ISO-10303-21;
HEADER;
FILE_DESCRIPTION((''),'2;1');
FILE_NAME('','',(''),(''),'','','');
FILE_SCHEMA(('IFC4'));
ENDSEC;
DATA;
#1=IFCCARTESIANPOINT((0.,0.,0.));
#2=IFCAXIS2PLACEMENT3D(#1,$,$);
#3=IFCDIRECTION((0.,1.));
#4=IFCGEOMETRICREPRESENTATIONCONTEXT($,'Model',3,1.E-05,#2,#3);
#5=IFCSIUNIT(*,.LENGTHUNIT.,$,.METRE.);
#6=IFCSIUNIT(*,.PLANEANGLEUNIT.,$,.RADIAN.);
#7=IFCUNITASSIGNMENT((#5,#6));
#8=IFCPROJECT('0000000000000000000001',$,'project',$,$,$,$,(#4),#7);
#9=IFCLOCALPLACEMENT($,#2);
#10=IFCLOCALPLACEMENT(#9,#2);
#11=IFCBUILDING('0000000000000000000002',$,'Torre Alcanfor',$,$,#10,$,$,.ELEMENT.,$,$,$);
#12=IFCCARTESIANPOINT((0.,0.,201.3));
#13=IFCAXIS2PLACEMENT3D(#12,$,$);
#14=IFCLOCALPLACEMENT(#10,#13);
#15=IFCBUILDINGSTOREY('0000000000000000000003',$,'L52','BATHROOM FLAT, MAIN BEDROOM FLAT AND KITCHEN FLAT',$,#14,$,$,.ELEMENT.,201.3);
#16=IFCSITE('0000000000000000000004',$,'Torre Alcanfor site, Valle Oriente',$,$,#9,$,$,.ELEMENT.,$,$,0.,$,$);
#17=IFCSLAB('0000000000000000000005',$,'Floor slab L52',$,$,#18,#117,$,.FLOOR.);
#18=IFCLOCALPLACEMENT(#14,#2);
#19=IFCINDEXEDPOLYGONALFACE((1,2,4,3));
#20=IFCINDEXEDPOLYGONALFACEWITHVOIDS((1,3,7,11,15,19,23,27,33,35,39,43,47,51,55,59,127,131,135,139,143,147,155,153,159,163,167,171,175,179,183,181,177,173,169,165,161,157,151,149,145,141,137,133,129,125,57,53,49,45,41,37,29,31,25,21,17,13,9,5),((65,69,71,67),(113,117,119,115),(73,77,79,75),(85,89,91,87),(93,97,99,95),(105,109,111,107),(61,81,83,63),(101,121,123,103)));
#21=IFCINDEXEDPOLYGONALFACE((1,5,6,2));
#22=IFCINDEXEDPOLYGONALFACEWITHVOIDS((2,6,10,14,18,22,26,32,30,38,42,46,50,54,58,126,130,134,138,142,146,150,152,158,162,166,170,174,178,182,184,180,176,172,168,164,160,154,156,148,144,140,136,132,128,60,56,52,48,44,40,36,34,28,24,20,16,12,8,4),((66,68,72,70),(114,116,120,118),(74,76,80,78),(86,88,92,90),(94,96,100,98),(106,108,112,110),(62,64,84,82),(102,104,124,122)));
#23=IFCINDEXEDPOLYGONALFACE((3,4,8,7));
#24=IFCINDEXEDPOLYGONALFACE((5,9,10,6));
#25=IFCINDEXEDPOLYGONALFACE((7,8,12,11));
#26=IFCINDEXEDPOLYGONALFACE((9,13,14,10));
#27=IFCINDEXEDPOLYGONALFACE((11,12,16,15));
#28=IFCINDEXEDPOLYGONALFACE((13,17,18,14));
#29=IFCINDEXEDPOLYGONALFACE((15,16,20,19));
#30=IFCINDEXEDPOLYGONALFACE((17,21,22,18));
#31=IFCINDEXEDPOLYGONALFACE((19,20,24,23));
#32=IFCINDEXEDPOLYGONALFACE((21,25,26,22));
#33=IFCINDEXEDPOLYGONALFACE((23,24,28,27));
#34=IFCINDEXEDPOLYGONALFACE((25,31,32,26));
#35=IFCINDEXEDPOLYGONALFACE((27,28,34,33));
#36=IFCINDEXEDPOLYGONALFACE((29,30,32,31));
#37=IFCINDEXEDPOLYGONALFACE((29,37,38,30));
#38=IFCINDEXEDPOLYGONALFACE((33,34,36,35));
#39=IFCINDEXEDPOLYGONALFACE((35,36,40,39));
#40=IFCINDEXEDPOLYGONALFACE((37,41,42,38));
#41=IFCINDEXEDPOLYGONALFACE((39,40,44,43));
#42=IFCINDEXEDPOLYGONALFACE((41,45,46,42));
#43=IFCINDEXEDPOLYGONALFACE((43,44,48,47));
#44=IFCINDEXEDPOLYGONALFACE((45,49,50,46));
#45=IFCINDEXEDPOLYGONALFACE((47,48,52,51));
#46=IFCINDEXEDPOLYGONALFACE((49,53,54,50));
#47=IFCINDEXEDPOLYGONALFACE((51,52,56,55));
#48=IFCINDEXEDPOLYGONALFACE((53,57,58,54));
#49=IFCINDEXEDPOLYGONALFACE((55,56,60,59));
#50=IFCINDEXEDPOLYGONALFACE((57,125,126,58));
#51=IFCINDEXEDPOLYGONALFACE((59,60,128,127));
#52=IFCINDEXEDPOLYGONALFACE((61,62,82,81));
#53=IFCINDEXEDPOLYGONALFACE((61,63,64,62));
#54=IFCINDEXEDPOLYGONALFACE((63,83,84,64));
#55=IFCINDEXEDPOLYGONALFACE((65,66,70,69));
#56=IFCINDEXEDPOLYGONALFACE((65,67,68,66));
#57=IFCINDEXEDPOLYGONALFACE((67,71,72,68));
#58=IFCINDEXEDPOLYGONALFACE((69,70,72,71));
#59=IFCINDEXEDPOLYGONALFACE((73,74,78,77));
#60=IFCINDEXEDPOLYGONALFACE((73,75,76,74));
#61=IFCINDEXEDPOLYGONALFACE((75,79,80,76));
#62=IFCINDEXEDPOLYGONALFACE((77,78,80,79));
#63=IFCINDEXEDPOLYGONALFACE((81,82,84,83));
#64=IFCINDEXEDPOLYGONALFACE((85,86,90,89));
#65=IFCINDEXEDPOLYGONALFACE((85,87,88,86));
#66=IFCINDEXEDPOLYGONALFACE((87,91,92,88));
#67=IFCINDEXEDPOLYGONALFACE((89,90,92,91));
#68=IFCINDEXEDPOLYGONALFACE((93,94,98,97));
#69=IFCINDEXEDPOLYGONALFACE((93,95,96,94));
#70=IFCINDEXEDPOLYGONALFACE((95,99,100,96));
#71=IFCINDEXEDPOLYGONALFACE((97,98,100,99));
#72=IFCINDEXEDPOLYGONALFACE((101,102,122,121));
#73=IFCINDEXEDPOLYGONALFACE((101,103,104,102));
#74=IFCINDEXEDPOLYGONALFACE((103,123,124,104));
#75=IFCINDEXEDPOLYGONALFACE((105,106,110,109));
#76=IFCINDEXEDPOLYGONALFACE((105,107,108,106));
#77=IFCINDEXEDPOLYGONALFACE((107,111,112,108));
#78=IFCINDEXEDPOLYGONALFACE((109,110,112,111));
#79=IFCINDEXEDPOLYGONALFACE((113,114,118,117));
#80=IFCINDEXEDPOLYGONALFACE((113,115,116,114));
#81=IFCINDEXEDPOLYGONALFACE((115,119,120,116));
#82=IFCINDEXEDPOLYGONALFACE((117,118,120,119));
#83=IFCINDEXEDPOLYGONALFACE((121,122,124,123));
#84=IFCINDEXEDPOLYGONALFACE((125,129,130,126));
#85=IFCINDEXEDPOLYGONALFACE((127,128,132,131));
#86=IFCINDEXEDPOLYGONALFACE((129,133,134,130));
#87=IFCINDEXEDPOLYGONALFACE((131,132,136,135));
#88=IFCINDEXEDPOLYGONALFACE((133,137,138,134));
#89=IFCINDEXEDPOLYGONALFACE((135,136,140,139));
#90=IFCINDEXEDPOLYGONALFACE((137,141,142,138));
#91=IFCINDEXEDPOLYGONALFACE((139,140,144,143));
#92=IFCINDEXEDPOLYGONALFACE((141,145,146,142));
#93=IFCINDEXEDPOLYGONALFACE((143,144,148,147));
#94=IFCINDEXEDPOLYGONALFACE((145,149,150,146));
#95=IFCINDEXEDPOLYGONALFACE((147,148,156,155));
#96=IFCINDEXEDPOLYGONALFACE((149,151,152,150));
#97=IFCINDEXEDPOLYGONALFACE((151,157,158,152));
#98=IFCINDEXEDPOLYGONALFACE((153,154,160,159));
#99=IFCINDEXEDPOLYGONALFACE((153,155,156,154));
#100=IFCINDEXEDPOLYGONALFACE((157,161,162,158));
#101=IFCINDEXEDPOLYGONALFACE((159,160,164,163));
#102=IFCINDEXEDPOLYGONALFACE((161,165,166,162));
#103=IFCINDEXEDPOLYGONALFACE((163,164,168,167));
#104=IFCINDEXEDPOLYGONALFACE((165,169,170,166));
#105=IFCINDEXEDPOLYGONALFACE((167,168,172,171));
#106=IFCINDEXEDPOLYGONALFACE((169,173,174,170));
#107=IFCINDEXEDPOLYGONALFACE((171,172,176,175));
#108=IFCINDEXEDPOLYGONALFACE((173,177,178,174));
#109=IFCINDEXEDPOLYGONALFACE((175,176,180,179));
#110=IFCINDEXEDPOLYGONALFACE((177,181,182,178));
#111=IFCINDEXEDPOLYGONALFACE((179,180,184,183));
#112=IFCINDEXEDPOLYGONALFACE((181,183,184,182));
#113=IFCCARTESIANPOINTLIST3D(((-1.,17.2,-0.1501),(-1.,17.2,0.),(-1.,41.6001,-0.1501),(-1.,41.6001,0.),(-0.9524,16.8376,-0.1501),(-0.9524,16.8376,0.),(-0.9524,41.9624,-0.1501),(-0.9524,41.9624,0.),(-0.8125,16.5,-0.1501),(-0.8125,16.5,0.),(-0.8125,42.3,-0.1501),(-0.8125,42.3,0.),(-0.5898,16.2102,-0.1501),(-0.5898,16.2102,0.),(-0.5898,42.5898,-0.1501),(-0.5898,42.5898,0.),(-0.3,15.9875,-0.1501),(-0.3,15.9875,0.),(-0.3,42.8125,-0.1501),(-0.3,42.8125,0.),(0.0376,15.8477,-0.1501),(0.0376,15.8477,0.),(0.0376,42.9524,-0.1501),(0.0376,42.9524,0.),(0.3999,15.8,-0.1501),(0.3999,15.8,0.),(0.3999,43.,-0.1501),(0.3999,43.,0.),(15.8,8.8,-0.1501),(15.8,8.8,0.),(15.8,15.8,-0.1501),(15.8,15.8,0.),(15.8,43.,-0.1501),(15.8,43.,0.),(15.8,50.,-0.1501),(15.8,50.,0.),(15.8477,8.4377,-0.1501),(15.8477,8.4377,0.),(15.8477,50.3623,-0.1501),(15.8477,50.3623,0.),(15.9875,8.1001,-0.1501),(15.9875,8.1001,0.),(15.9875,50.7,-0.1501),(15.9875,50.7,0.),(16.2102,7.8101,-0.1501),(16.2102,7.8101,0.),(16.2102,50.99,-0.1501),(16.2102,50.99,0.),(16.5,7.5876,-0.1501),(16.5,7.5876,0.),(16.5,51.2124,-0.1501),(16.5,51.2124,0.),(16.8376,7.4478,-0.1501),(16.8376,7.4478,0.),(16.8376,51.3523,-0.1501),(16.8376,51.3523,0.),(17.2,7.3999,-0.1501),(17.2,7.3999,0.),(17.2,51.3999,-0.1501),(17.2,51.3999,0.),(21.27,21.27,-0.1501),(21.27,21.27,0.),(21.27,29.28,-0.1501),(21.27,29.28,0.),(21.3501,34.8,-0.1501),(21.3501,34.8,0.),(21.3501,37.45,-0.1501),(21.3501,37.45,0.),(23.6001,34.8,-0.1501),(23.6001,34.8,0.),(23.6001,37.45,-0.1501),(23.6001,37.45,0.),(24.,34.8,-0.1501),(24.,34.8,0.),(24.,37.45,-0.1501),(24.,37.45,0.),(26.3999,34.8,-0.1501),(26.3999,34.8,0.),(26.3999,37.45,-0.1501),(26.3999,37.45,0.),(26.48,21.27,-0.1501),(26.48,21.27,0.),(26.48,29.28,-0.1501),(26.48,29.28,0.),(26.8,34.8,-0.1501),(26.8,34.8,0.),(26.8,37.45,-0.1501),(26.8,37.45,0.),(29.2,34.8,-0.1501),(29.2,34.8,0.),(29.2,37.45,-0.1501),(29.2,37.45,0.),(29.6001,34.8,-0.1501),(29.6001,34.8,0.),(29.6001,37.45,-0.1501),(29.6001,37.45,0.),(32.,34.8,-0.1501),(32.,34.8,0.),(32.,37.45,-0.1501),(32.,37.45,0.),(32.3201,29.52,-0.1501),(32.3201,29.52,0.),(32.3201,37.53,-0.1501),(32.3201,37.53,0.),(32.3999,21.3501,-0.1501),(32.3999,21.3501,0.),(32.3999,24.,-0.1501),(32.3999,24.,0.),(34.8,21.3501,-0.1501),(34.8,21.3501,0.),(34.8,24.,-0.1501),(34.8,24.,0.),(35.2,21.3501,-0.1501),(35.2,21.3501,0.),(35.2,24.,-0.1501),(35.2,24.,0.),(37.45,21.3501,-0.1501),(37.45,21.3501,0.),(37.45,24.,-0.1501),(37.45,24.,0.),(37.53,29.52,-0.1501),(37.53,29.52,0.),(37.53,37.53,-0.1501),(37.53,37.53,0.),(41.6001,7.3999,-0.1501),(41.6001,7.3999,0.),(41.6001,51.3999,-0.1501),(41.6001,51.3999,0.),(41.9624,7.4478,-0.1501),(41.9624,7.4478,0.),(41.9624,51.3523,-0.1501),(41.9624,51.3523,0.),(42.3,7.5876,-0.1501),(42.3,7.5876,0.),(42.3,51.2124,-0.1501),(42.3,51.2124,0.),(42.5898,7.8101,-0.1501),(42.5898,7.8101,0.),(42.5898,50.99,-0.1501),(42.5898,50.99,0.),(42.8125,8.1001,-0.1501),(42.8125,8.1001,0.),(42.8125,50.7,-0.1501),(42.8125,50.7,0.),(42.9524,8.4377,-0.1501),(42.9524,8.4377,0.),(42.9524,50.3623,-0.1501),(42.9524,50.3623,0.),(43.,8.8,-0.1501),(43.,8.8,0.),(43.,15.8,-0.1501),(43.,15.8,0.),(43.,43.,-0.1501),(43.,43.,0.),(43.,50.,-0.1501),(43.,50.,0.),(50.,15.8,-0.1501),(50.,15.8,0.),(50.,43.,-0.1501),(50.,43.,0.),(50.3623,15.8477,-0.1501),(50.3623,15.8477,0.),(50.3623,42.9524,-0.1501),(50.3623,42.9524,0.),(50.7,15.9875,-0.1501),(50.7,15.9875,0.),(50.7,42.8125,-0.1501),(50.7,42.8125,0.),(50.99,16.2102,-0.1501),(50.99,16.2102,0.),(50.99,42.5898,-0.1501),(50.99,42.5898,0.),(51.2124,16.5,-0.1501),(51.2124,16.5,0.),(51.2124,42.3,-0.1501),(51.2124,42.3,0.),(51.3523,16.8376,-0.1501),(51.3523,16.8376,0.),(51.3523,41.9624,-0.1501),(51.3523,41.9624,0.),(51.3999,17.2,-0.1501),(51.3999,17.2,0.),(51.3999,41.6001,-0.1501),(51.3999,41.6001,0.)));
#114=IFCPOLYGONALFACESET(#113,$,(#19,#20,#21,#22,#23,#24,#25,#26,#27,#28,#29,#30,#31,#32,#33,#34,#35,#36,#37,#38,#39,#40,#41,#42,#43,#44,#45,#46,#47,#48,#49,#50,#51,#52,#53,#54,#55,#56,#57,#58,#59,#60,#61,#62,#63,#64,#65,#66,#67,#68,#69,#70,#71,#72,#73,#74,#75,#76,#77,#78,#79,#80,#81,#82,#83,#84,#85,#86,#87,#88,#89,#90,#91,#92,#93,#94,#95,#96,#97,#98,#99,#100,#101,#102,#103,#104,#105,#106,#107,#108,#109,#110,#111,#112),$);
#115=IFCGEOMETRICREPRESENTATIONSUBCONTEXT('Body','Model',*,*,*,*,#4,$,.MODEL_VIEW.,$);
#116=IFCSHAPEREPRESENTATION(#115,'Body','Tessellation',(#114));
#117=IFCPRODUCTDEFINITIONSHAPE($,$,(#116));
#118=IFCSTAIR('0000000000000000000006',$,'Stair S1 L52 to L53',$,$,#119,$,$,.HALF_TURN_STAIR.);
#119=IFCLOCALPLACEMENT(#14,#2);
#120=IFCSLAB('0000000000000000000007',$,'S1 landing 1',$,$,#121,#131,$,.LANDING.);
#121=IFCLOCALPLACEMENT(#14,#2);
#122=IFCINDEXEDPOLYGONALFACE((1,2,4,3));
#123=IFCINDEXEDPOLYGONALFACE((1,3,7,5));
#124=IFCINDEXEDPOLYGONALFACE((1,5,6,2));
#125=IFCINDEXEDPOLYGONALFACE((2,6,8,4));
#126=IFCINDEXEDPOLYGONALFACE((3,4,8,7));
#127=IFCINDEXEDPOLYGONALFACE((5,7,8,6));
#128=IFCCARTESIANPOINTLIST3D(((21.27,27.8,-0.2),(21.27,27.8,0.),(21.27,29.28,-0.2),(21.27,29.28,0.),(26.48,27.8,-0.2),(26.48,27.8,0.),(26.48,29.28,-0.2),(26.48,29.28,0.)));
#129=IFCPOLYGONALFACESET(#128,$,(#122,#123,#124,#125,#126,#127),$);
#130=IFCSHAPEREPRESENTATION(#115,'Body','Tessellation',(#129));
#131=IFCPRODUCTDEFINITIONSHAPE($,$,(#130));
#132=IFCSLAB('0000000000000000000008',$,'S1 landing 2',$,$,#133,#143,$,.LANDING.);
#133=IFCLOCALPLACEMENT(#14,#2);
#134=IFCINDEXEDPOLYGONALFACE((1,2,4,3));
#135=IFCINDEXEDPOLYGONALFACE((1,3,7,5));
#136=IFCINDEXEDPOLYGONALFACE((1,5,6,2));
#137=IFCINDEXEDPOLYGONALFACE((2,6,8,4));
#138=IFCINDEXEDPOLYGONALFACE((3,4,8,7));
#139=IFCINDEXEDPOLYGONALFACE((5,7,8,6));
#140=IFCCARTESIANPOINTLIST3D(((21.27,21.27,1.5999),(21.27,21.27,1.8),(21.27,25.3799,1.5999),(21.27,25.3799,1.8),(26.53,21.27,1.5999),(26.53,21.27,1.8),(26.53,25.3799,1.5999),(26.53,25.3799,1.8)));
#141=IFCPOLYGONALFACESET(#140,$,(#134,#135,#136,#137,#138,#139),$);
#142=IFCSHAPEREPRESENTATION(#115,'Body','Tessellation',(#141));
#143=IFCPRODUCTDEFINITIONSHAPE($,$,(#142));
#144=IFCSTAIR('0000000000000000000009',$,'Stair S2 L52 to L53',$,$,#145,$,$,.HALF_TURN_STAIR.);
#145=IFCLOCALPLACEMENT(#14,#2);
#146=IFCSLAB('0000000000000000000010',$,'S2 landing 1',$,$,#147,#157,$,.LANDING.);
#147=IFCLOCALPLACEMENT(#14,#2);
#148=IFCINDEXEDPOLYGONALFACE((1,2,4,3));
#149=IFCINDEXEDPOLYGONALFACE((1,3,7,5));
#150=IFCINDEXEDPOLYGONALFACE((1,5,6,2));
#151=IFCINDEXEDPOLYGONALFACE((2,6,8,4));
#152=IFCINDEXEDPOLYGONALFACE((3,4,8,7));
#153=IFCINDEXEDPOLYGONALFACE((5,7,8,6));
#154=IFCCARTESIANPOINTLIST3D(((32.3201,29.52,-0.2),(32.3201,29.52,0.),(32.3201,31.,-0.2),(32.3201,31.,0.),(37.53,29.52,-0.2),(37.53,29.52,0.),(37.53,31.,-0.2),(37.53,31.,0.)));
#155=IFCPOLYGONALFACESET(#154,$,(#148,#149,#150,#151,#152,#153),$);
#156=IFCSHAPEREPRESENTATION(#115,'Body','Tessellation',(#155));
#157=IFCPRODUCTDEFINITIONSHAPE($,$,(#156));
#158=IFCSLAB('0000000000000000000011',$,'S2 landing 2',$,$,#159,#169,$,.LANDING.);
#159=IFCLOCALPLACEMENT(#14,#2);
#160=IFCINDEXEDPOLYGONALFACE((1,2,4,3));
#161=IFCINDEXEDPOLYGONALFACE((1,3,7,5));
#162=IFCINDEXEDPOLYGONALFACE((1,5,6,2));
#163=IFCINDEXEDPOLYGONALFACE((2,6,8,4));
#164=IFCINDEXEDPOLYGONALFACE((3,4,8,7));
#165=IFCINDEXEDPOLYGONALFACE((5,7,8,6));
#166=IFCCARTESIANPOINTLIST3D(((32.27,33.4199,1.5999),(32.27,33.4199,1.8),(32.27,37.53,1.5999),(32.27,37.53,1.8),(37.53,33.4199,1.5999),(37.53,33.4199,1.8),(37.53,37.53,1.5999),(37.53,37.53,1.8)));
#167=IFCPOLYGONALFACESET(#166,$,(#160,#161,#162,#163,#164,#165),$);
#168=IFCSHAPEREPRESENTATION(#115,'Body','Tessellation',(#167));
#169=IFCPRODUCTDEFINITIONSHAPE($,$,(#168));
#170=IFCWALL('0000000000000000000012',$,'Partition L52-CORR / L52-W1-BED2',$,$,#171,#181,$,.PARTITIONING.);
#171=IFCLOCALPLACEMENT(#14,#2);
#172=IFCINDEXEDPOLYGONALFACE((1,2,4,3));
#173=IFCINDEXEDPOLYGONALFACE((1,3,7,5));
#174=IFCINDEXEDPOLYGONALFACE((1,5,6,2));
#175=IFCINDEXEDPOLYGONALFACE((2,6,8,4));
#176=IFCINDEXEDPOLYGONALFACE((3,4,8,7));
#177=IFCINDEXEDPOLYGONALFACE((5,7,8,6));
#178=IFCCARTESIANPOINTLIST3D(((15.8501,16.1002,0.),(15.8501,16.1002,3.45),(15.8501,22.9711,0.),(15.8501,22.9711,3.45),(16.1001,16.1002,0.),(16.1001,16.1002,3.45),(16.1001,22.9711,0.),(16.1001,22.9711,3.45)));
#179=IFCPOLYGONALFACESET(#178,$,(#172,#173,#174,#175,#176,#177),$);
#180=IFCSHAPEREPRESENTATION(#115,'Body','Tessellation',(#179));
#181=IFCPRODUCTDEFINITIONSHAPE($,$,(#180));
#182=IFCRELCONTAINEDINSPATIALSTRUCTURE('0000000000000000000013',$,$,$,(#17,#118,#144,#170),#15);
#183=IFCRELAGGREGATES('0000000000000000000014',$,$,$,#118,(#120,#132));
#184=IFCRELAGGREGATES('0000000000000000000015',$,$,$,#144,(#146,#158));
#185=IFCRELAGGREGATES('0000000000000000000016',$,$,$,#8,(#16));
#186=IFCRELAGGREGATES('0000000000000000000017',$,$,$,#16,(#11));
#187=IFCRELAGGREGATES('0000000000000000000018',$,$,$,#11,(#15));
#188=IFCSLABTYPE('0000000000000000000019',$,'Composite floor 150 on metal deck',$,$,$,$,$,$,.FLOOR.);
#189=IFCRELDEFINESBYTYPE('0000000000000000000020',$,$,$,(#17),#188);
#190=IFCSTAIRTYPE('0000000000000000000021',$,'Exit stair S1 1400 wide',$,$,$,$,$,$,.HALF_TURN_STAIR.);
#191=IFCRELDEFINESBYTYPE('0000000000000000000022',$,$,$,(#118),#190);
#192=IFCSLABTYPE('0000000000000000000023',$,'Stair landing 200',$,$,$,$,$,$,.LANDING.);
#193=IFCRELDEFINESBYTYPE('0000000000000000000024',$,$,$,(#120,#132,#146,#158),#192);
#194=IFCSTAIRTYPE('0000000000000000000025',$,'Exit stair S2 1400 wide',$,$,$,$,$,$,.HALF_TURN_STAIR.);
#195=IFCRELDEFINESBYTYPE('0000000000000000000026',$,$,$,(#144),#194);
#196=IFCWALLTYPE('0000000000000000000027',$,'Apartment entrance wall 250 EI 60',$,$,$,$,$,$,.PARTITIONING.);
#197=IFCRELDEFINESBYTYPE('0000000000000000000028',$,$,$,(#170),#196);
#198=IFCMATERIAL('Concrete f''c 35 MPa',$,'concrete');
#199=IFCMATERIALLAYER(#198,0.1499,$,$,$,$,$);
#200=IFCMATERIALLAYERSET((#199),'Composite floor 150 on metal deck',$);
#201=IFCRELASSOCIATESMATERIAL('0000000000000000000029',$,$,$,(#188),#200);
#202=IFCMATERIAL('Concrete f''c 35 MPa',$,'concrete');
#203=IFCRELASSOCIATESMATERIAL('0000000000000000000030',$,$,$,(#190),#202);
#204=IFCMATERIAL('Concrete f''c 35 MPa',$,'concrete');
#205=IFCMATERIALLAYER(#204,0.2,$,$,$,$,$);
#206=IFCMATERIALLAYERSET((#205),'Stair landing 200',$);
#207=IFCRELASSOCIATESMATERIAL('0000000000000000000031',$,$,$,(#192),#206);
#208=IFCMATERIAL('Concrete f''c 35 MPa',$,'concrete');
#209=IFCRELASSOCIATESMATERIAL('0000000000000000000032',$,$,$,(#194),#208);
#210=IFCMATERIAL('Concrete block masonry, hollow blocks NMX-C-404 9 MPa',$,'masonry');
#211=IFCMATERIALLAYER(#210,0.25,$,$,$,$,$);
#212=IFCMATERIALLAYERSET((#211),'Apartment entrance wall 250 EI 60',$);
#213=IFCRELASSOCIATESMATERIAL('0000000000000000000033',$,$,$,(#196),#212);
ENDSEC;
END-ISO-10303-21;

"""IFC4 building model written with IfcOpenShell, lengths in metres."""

from ifc_helpers import new_model, si_unit, direction, frame, frame_2d, origin, place, context, subcontext, project, spatial, polyline, rectangle, outline, extrude, material, layer, layer_set, type_object, element, aggregate, save


model = new_model("IFC4")

# Units and contexts
model_context = context("Model", 3, precision=1e-05, world=origin(), true_north=direction((0.0, 1.0)))
body_context = subcontext(model_context, "Body", "Model", "MODEL_VIEW")
ifc_project = project(units=[si_unit("LENGTHUNIT", "METRE"), si_unit("PLANEANGLEUNIT", "RADIAN")], contexts=[model_context])

# Site, building, storey
site_placement = place(None, origin())
site = spatial("IfcSite", under=ifc_project, at=site_placement, Name="Torre Alcanfor site, Valle Oriente", CompositionType="ELEMENT", RefElevation=0.0)
building_placement = place(site_placement, origin())
building = spatial("IfcBuilding", under=site, at=building_placement, Name="Torre Alcanfor", CompositionType="ELEMENT")
storey_placement = place(building_placement, frame((0.0, 0.0, 201.3)))
storey = spatial("IfcBuildingStorey", under=building, at=storey_placement, Name="L52", Description="BATHROOM FLAT, MAIN BEDROOM FLAT AND KITCHEN FLAT", CompositionType="ELEMENT", Elevation=201.3)

# Slab
ifc_material_1 = material(Name="Concrete f'c 35 MPa", Category="concrete")
ifc_layer_1 = layer(ifc_material_1, 0.1499)
ifc_layer_set_1 = layer_set([ifc_layer_1], Name="Composite floor 150 on metal deck")
slab_type_1 = type_object("IfcSlabType", Name="Composite floor 150 on metal deck", PredefinedType="FLOOR", material=ifc_layer_set_1)
slab_1_placement = place(storey_placement, frame((0.0, 0.0, -0.1501)))
element("IfcSlab", 1, at=slab_1_placement, inside=storey, type_object=slab_type_1, Name="Floor slab L52", PredefinedType="FLOOR", context=body_context, shape_type="SweptSolid", body=[
    extrude(outline(polyline([(15.8, 43.0), (0.3999, 43.0), (0.0376, 42.9524), (-0.3, 42.8125), (-0.5898, 42.5898), (-0.8125, 42.3), (-0.9524, 41.9624), (-1.0, 41.6001), (-1.0, 17.2), (-0.9524, 16.8376), (-0.8125, 16.5), (-0.5898, 16.2102), (-0.3, 15.9875), (0.0376, 15.8477), (0.3999, 15.8), (15.8, 15.8), (15.8, 8.8), (15.8477, 8.4377), (15.9875, 8.1001), (16.2102, 7.8101), (16.5, 7.5876), (16.8376, 7.4478), (17.2, 7.3999), (41.6001, 7.3999), (41.9624, 7.4478), (42.3, 7.5876), (42.5898, 7.8101), (42.8125, 8.1001), (42.9524, 8.4377), (43.0, 8.8), (43.0, 15.8), (50.0, 15.8), (50.3623, 15.8477), (50.7, 15.9875), (50.99, 16.2102), (51.2124, 16.5), (51.3523, 16.8376), (51.3999, 17.2), (51.3999, 41.6001), (51.3523, 41.9624), (51.2124, 42.3), (50.99, 42.5898), (50.7, 42.8125), (50.3623, 42.9524), (50.0, 43.0), (43.0, 43.0), (43.0, 50.0), (42.9524, 50.3623), (42.8125, 50.7), (42.5898, 50.99), (42.3, 51.2124), (41.9624, 51.3523), (41.6001, 51.3999), (17.2, 51.3999), (16.8376, 51.3523), (16.5, 51.2124), (16.2102, 50.99), (15.9875, 50.7), (15.8477, 50.3623), (15.8, 50.0), (15.8, 43.0)]), holes=[polyline([(21.27, 21.27), (26.48, 21.27), (26.48, 29.28), (21.27, 29.28), (21.27, 21.27)]), polyline([(32.3201, 29.52), (37.53, 29.52), (37.53, 37.53), (32.3201, 37.53), (32.3201, 29.52)]), polyline([(32.3999, 21.3501), (34.8, 21.3501), (34.8, 24.0), (32.3999, 24.0), (32.3999, 21.3501)]), polyline([(35.2, 21.3501), (37.45, 21.3501), (37.45, 24.0), (35.2, 24.0), (35.2, 21.3501)]), polyline([(21.3501, 34.8), (23.6001, 34.8), (23.6001, 37.45), (21.3501, 37.45), (21.3501, 34.8)]), polyline([(24.0, 34.8), (26.3999, 34.8), (26.3999, 37.45), (24.0, 37.45), (24.0, 34.8)]), polyline([(26.8, 34.8), (29.2, 34.8), (29.2, 37.45), (26.8, 37.45), (26.8, 34.8)]), polyline([(29.6001, 34.8), (32.0, 34.8), (32.0, 37.45), (29.6001, 37.45), (29.6001, 34.8)])]), origin(), (0.0, 0.0, 1.0), 0.1501),
])

# Stairs, slabs
ifc_material_2 = material(Name="Concrete f'c 35 MPa", Category="concrete")
stair_type_1 = type_object("IfcStairType", Name="Exit stair S1 1400 wide", PredefinedType="HALF_TURN_STAIR", material=ifc_material_2)
stair_1_placement = place(storey_placement, origin())
stair_1 = element("IfcStair", 2, at=stair_1_placement, inside=storey, type_object=stair_type_1, Name="Stair S1 L52 to L53", PredefinedType="HALF_TURN_STAIR")
ifc_material_3 = material(Name="Concrete f'c 35 MPa", Category="concrete")
ifc_layer_2 = layer(ifc_material_3, 0.2)
ifc_layer_set_2 = layer_set([ifc_layer_2], Name="Stair landing 200")
slab_type_2 = type_object("IfcSlabType", Name="Stair landing 200", PredefinedType="LANDING", material=ifc_layer_set_2)
slab_2_placement = place(storey_placement, frame((0.0, 0.0, -0.2)))
slab_2 = element("IfcSlab", 3, at=slab_2_placement, type_object=slab_type_2, Name="S1 landing 1", PredefinedType="LANDING", context=body_context, shape_type="SweptSolid", body=[
    extrude(outline(polyline([(21.27, 27.8), (26.48, 27.8), (26.48, 29.28), (21.27, 29.28), (21.27, 27.8)])), origin(), (0.0, 0.0, 1.0), 0.2),
])
slab_3_placement = place(storey_placement, frame((0.0, 0.0, 1.5999)))
slab_3 = element("IfcSlab", 4, at=slab_3_placement, type_object=slab_type_2, Name="S1 landing 2", PredefinedType="LANDING", context=body_context, shape_type="SweptSolid", body=[
    extrude(outline(polyline([(21.27, 21.27), (26.53, 21.27), (26.53, 25.3799), (21.27, 25.3799), (21.27, 21.27)])), origin(), (0.0, 0.0, 1.0), 0.2002),
])
aggregate(stair_1, [slab_2, slab_3])
ifc_material_4 = material(Name="Concrete f'c 35 MPa", Category="concrete")
stair_type_2 = type_object("IfcStairType", Name="Exit stair S2 1400 wide", PredefinedType="HALF_TURN_STAIR", material=ifc_material_4)
stair_2_placement = place(storey_placement, origin())
stair_2 = element("IfcStair", 5, at=stair_2_placement, inside=storey, type_object=stair_type_2, Name="Stair S2 L52 to L53", PredefinedType="HALF_TURN_STAIR")
slab_4_placement = place(storey_placement, frame((0.0, 0.0, -0.2)))
slab_4 = element("IfcSlab", 6, at=slab_4_placement, type_object=slab_type_2, Name="S2 landing 1", PredefinedType="LANDING", context=body_context, shape_type="SweptSolid", body=[
    extrude(outline(polyline([(32.3201, 29.52), (37.53, 29.52), (37.53, 31.0), (32.3201, 31.0), (32.3201, 29.52)])), origin(), (0.0, 0.0, 1.0), 0.2),
])
slab_5_placement = place(storey_placement, frame((0.0, 0.0, 1.5999)))
slab_5 = element("IfcSlab", 7, at=slab_5_placement, type_object=slab_type_2, Name="S2 landing 2", PredefinedType="LANDING", context=body_context, shape_type="SweptSolid", body=[
    extrude(outline(polyline([(32.27, 33.4199), (37.53, 33.4199), (37.53, 37.53), (32.27, 37.53), (32.27, 33.4199)])), origin(), (0.0, 0.0, 1.0), 0.2002),
])
aggregate(stair_2, [slab_4, slab_5])

# Wall
ifc_material_5 = material(Name="Concrete block masonry, hollow blocks NMX-C-404 9 MPa", Category="masonry")
ifc_layer_3 = layer(ifc_material_5, 0.25)
ifc_layer_set_3 = layer_set([ifc_layer_3], Name="Apartment entrance wall 250 EI 60")
wall_type_1 = type_object("IfcWallType", Name="Apartment entrance wall 250 EI 60", PredefinedType="PARTITIONING", material=ifc_layer_set_3)
wall_1_placement = place(storey_placement, frame((15.9751, 16.1001, 0.0), z_axis=(0.0, 0.0, 1.0), x_axis=(0.0, 1.0, 0.0)))
element("IfcWall", 8, at=wall_1_placement, inside=storey, type_object=wall_type_1, Name="Partition L52-CORR / L52-W1-BED2", PredefinedType="PARTITIONING", context=body_context, shape_type="SweptSolid", body=[
    extrude(rectangle(XDim=6.8708, YDim=0.25, at=frame_2d((3.4355, 0.0))), origin(), (0.0, 0.0, 1.0), 3.45),
])

save(model, "model.ifc")
